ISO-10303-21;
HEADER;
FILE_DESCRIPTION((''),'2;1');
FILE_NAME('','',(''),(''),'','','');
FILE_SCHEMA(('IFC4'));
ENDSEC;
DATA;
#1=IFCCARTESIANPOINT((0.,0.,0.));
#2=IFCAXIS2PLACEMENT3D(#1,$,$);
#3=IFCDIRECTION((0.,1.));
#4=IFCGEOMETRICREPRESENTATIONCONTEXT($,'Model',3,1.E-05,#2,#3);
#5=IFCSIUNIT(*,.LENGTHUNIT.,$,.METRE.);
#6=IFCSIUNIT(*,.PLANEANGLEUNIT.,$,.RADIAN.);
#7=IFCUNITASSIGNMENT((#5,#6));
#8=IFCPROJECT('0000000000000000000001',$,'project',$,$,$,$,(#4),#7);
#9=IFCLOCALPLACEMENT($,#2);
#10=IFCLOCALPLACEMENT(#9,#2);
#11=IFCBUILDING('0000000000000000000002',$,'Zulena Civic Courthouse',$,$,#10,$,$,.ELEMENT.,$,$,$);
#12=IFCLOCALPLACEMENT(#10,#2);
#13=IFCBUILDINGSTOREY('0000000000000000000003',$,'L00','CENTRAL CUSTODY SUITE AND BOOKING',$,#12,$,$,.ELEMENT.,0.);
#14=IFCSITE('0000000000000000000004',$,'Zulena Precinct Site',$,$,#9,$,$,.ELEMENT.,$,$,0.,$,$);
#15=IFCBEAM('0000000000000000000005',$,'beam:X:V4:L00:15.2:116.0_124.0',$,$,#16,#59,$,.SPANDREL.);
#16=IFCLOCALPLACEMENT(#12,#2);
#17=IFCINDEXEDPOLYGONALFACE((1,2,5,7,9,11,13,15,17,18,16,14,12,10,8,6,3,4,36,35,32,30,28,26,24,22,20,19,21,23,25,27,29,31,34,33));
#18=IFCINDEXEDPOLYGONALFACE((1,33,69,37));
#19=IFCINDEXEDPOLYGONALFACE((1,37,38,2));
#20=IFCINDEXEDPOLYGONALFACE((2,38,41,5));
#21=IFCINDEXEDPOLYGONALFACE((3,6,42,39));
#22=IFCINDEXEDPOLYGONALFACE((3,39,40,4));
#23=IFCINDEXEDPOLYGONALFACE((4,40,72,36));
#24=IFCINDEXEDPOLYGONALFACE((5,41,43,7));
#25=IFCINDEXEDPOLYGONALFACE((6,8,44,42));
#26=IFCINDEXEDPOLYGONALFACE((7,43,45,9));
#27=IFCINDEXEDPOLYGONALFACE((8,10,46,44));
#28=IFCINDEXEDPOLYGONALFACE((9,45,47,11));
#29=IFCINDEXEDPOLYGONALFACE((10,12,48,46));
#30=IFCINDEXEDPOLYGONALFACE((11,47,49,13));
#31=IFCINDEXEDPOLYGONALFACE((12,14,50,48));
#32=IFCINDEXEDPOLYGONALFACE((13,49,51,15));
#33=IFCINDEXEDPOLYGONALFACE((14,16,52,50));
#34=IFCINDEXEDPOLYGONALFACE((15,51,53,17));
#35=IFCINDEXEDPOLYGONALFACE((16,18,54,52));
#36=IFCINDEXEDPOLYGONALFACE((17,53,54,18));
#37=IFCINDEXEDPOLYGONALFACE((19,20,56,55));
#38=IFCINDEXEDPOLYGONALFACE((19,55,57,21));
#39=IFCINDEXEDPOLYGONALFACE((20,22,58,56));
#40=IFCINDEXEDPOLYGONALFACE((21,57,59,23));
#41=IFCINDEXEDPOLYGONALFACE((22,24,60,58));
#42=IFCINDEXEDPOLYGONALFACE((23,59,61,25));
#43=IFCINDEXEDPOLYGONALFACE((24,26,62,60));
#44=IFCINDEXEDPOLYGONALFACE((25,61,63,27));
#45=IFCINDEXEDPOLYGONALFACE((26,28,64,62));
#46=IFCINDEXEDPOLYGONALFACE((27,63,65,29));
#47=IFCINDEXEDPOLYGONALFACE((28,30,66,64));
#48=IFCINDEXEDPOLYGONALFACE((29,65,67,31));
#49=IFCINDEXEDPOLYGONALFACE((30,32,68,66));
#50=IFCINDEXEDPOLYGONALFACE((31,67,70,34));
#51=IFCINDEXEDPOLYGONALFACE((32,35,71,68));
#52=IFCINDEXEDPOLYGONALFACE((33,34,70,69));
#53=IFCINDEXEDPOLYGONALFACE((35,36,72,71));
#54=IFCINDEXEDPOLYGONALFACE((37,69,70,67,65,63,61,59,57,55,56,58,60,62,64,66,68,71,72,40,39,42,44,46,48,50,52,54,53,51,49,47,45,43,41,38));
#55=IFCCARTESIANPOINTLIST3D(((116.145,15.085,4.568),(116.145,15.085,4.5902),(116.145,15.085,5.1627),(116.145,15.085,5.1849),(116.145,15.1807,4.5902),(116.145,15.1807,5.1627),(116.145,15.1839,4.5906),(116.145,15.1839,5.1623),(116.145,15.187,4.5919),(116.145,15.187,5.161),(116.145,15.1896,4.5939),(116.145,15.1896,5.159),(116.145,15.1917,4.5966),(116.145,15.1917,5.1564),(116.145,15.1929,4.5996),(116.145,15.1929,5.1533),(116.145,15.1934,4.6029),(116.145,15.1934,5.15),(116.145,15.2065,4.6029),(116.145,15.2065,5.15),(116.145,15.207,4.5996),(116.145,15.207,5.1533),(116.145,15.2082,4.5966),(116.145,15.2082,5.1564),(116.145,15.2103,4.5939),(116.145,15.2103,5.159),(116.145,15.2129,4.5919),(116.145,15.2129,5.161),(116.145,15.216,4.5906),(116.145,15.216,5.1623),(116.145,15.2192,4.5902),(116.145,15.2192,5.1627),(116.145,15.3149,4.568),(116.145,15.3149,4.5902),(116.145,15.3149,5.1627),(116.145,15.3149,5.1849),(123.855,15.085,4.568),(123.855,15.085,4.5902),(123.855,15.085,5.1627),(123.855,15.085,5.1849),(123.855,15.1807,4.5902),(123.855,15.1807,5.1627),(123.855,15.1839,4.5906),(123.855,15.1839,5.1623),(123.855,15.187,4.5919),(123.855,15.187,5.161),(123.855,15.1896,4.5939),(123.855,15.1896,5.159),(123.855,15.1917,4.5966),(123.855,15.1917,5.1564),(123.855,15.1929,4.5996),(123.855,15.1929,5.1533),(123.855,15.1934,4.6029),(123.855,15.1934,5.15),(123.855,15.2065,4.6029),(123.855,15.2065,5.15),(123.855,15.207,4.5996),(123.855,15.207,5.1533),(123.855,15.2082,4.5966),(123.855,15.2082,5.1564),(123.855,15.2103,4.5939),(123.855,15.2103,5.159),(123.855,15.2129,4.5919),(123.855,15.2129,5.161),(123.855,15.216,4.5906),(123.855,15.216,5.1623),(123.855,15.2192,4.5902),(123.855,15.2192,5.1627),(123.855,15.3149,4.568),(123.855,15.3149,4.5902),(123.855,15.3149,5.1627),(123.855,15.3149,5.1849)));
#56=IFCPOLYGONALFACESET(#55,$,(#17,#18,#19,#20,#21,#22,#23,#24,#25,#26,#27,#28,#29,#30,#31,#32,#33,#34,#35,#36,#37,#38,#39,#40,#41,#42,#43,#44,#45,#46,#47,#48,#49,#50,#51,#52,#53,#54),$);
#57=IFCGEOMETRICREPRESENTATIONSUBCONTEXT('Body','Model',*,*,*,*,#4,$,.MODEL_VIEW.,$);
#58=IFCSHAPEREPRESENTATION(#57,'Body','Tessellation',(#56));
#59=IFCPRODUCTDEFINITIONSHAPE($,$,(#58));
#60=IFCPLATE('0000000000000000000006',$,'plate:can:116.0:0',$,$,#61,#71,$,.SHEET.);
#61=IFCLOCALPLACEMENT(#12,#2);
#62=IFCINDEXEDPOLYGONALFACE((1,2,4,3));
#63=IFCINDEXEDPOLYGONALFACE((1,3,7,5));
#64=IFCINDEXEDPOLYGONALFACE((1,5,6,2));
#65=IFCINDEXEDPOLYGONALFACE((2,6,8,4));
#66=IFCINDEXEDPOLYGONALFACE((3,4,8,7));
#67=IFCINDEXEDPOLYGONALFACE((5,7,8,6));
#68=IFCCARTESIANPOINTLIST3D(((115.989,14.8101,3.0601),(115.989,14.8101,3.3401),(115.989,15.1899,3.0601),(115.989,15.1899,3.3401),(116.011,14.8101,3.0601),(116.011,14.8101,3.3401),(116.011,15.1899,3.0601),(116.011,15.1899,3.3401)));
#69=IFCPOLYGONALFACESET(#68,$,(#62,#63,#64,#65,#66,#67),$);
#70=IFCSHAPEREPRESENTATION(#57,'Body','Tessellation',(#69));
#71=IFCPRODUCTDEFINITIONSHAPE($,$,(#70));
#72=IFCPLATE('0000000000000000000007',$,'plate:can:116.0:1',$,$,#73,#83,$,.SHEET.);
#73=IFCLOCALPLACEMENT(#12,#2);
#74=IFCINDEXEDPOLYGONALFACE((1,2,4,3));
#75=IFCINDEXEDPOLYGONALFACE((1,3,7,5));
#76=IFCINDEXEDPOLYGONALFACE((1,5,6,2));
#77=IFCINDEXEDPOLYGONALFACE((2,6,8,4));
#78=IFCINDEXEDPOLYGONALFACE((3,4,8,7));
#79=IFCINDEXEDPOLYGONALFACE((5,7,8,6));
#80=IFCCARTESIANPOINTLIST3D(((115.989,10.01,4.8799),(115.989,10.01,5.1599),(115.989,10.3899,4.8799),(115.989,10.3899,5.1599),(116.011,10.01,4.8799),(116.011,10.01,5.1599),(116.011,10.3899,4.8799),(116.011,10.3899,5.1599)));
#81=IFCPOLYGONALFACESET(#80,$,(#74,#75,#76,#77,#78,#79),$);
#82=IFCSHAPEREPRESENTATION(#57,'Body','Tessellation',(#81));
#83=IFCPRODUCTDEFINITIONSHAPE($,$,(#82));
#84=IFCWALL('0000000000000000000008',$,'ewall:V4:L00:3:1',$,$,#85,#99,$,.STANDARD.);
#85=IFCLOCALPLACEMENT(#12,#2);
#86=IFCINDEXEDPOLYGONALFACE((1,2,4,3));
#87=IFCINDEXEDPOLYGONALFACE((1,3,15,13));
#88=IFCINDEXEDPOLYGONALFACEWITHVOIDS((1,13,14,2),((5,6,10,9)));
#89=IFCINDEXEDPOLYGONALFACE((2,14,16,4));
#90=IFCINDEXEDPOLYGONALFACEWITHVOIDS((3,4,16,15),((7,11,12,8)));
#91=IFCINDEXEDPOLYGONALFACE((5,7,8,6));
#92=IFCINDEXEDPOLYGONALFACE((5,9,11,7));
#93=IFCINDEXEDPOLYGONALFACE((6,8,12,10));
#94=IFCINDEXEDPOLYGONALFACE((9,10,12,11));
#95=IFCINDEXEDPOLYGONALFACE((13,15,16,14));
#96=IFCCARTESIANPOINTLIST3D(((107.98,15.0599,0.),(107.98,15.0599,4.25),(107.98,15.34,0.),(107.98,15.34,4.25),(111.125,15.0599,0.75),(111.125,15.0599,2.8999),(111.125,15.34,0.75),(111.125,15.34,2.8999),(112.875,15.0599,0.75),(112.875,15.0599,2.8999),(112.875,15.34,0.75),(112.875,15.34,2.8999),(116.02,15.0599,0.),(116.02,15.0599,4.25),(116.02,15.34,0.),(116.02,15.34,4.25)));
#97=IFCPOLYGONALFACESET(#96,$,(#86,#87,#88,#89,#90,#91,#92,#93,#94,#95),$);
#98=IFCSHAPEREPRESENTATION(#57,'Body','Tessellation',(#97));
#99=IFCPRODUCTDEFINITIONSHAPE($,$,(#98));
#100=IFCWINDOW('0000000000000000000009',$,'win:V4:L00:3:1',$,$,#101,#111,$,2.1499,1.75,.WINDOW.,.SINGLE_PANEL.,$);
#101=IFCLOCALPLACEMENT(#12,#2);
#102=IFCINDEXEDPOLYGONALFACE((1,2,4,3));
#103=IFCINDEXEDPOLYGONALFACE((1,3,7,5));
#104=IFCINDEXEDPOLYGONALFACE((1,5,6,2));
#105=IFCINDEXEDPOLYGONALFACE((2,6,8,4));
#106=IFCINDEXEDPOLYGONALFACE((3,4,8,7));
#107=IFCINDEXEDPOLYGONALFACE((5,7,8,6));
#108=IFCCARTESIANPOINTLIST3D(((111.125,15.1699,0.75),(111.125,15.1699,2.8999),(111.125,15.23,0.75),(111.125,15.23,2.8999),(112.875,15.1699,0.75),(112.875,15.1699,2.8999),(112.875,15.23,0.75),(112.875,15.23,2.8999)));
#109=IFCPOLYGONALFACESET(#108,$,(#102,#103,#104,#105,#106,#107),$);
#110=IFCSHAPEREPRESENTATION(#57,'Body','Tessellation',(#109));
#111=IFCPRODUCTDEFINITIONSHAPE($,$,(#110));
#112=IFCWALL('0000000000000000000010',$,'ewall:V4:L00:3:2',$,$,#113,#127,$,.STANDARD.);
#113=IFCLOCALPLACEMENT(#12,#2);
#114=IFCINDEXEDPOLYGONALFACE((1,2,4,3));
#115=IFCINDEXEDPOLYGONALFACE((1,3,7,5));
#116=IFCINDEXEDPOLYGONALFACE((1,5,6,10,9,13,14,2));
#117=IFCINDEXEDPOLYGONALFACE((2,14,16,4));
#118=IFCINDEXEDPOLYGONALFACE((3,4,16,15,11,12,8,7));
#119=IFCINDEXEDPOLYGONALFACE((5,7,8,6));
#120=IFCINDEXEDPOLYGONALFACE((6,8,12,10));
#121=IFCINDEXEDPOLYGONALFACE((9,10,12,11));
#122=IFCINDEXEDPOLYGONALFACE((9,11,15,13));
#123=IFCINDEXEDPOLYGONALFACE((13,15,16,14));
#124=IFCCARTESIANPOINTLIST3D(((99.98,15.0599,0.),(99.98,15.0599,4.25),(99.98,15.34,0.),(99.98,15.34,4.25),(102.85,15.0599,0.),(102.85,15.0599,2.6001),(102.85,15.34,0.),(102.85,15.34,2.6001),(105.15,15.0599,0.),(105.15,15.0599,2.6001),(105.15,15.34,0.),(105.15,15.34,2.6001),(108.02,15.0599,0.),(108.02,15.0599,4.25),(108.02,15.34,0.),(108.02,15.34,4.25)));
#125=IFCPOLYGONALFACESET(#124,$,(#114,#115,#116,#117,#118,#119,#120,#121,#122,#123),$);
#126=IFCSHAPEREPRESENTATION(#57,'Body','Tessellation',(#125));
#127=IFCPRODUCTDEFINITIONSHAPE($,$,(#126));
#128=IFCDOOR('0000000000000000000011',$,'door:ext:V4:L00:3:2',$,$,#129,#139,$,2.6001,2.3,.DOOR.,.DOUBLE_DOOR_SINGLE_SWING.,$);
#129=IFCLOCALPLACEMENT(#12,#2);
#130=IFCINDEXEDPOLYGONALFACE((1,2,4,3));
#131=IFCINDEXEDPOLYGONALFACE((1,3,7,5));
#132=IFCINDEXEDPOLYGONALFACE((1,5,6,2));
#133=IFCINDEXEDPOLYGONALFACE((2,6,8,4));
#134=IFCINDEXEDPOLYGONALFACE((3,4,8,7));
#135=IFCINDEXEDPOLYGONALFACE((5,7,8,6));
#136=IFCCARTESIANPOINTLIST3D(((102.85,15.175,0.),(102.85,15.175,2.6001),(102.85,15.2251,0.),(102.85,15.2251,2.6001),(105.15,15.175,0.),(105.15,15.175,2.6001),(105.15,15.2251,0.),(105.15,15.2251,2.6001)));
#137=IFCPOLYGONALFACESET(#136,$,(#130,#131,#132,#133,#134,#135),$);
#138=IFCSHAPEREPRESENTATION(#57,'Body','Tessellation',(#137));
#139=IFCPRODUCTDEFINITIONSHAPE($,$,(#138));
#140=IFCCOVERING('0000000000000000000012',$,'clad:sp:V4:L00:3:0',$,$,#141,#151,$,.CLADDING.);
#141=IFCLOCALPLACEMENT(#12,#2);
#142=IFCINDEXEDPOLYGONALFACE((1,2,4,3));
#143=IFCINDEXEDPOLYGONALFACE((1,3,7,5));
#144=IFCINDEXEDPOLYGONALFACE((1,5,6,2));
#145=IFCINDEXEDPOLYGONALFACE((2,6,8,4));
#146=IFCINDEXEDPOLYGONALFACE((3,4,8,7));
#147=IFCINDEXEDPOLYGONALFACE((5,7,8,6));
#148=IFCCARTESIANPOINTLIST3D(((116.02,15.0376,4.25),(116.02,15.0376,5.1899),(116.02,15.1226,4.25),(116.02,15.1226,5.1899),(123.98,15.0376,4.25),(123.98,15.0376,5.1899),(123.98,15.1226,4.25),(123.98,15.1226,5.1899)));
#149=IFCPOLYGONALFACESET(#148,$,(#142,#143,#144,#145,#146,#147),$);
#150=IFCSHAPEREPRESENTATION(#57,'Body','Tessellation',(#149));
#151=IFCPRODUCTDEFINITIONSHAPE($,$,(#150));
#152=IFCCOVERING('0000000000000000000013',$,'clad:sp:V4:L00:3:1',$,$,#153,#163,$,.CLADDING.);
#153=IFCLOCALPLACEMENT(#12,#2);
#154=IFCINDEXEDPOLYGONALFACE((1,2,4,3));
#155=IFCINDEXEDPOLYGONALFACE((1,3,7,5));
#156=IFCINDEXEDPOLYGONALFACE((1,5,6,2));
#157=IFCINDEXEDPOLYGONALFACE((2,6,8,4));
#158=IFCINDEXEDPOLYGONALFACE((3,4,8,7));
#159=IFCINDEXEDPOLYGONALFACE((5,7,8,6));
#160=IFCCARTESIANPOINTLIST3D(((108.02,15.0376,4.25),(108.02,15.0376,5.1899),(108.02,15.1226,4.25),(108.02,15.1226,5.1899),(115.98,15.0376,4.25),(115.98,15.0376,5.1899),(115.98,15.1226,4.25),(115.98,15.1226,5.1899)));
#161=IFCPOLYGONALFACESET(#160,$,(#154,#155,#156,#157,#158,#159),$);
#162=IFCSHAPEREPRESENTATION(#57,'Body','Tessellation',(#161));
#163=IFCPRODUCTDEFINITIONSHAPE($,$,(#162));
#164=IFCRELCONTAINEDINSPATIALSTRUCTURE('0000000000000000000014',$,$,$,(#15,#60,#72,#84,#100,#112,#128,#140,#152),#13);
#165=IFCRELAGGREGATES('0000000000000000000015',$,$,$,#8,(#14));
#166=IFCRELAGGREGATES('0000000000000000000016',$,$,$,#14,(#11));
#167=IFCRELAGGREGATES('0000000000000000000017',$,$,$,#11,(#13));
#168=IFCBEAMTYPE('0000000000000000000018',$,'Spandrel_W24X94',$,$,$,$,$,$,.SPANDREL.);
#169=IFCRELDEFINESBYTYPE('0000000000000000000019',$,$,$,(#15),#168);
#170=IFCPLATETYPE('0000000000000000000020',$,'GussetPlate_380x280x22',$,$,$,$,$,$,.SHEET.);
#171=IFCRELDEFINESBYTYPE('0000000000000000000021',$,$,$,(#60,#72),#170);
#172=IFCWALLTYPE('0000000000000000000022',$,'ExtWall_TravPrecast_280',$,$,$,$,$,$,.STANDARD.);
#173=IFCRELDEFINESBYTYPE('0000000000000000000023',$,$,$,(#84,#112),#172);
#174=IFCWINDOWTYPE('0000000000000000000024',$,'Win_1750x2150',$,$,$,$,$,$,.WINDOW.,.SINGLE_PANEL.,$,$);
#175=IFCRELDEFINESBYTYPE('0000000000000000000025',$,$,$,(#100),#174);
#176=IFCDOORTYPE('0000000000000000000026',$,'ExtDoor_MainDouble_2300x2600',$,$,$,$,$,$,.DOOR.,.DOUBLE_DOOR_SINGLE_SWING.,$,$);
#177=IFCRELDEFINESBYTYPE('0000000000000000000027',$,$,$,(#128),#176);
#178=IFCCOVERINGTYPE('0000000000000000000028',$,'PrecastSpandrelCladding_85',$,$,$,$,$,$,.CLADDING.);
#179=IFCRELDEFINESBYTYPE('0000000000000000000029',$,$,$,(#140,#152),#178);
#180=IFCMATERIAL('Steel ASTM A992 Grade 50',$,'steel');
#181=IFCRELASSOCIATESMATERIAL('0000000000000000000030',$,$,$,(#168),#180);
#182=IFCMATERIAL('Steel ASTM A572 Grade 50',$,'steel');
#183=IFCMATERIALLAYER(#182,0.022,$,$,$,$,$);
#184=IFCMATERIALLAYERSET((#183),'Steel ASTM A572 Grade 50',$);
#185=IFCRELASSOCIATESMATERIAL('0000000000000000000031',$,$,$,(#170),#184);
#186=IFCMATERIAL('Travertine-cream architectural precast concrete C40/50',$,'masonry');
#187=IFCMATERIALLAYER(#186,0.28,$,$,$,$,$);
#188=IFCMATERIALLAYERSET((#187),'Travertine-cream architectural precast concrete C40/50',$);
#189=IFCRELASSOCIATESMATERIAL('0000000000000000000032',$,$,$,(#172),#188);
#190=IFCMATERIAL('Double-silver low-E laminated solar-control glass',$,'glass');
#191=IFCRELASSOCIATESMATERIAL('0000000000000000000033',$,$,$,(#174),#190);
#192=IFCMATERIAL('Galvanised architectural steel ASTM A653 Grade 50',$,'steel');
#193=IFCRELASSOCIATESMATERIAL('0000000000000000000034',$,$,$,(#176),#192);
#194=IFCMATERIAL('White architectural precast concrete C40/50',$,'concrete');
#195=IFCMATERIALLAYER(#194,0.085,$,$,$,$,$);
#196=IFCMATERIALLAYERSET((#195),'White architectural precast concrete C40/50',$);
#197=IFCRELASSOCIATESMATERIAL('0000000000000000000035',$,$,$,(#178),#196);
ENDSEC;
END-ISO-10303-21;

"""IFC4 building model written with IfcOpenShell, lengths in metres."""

from ifc_helpers import new_model, si_unit, direction, frame, frame_2d, origin, origin_2d, place, context, subcontext, project, spatial, rectangle, i_section, extrude, material, layer, layer_set, material_profile, profile_set, type_object, element, fill, save


model = new_model("IFC4")

# Units and contexts
model_context = context("Model", 3, precision=1e-05, world=origin(), true_north=direction((0.0, 1.0)))
body_context = subcontext(model_context, "Body", "Model", "MODEL_VIEW")
ifc_project = project(units=[si_unit("LENGTHUNIT", "METRE"), si_unit("PLANEANGLEUNIT", "RADIAN")], contexts=[model_context])

# Site, building, storey
site_placement = place(None, origin())
site = spatial("IfcSite", under=ifc_project, at=site_placement, Name="Zulena Precinct Site", CompositionType="ELEMENT", RefElevation=0.0)
building_placement = place(site_placement, origin())
building = spatial("IfcBuilding", under=site, at=building_placement, Name="Zulena Civic Courthouse", CompositionType="ELEMENT")
storey_placement = place(building_placement, origin())
storey = spatial("IfcBuildingStorey", under=building, at=storey_placement, Name="L00", Description="CENTRAL CUSTODY SUITE AND BOOKING", CompositionType="ELEMENT", Elevation=0.0)

# Shared definitions
ifc_material_1 = material(Name="Steel ASTM A992 Grade 50", Category="steel")

# Beam
ifc_material_profile_1 = material_profile(ifc_material_1, i_section(OverallWidth=0.23, OverallDepth=0.6169, WebThickness=0.0132, FlangeThickness=0.0222, FilletRadius=0.0127, at=origin_2d()), Name="W24X94")
ifc_profile_set_1 = profile_set([ifc_material_profile_1], Name="Steel ASTM A992 Grade 50")
beam_type_1 = type_object("IfcBeamType", Name="Spandrel_W24X94", PredefinedType="SPANDREL", material=ifc_profile_set_1)
for number, where, z_axis, x_axis, name in (
    (1, (116.145, 15.2, 4.8765), (1.0, 0.0, 0.0), (0.0, 1.0, 0.0), "beam:X:V4:L00:15.2:116.0_124.0"),
):
    element("IfcBeam", number, at=place(storey_placement, frame(where, z_axis=z_axis, x_axis=x_axis)), inside=storey, type_object=beam_type_1, Name=name, PredefinedType="SPANDREL", context=body_context, shape_type="SweptSolid", body=[
        extrude(i_section(OverallWidth=0.23, OverallDepth=0.6169, WebThickness=0.0132, FlangeThickness=0.0222, FilletRadius=0.0127, at=origin_2d()), origin(), (0.0, 0.0, 1.0), 7.71),
    ])

# Plates
ifc_material_2 = material(Name="Steel ASTM A572 Grade 50", Category="steel")
ifc_layer_1 = layer(ifc_material_2, 0.022)
ifc_layer_set_1 = layer_set([ifc_layer_1], Name="Steel ASTM A572 Grade 50")
plate_type = type_object("IfcPlateType", Name="GussetPlate_380x280x22", PredefinedType="SHEET", material=ifc_layer_set_1)
for number, where, z_axis, x_axis, name in (
    (2, (116.0, 15.0, 3.0601), (0.0, 0.0, 1.0), (1.0, 0.0, 0.0), "plate:can:116.0:0"),
    (3, (116.0, 10.2, 4.8799), (0.0, 0.0, 1.0), (1.0, 0.0, 0.0), "plate:can:116.0:1"),
):
    element("IfcPlate", number, at=place(storey_placement, frame(where, z_axis=z_axis, x_axis=x_axis)), inside=storey, type_object=plate_type, Name=name, PredefinedType="SHEET", context=body_context, shape_type="SweptSolid", body=[
        extrude(rectangle(XDim=0.022, YDim=0.3799, at=origin_2d()), origin(), (0.0, 0.0, 1.0), 0.28),
    ])

# Wall, opening, window
ifc_material_3 = material(Name="Travertine-cream architectural precast concrete C40/50", Category="masonry")
ifc_layer_2 = layer(ifc_material_3, 0.28)
ifc_layer_set_2 = layer_set([ifc_layer_2], Name="Travertine-cream architectural precast concrete C40/50")
wall_type = type_object("IfcWallType", Name="ExtWall_TravPrecast_280", PredefinedType="STANDARD", material=ifc_layer_set_2)
wall_1_placement = place(storey_placement, frame((116.02, 15.2, 0.0), z_axis=(0.0, 0.0, 1.0), x_axis=(-1.0, 0.0, 0.0)))
wall_1 = element("IfcWall", 4, at=wall_1_placement, inside=storey, type_object=wall_type, Name="ewall:V4:L00:3:1", PredefinedType="STANDARD", context=body_context, shape_type="SweptSolid", body=[
    extrude(rectangle(XDim=8.04, YDim=0.28, at=frame_2d((4.02, 0.0))), origin(), (0.0, 0.0, 1.0), 4.25),
])
opening_1_placement = place(wall_1_placement, frame((3.145, 0.0, 0.75)))
opening_1 = element("IfcOpeningElement", 5, at=opening_1_placement, cuts=wall_1, PredefinedType="OPENING", context=body_context, shape_type="SweptSolid", body=[
    extrude(rectangle(XDim=1.75, YDim=2.1499, at=frame_2d((0.875, 1.075))), frame((0.0, 0.1499, 0.0), z_axis=(0.0, -1.0, 0.0), x_axis=(1.0, 0.0, 0.0)), (0.0, 0.0, 1.0), 0.3),
])
ifc_material_4 = material(Name="Double-silver low-E laminated solar-control glass", Category="glass")
window_type = type_object("IfcWindowType", Name="Win_1750x2150", PartitioningType="SINGLE_PANEL", PredefinedType="WINDOW", material=ifc_material_4)
window_placement = place(opening_1_placement, origin())
window = element("IfcWindow", 6, at=window_placement, inside=storey, type_object=window_type, Name="win:V4:L00:3:1", OverallHeight=2.1499, OverallWidth=1.75, PartitioningType="SINGLE_PANEL", PredefinedType="WINDOW", context=body_context, shape_type="SweptSolid", body=[
    extrude(rectangle(XDim=1.75, YDim=2.1499, at=frame_2d((0.875, 1.075))), frame((0.0, 0.03, 0.0), z_axis=(0.0, -1.0, 0.0), x_axis=(1.0, 0.0, 0.0)), (0.0, 0.0, 1.0), 0.0601),
])
fill(opening_1, window)

# Wall, opening, door
wall_2_placement = place(storey_placement, frame((108.02, 15.2, 0.0), z_axis=(0.0, 0.0, 1.0), x_axis=(-1.0, 0.0, 0.0)))
wall_2 = element("IfcWall", 7, at=wall_2_placement, inside=storey, type_object=wall_type, Name="ewall:V4:L00:3:2", PredefinedType="STANDARD", context=body_context, shape_type="SweptSolid", body=[
    extrude(rectangle(XDim=8.04, YDim=0.28, at=frame_2d((4.02, 0.0))), origin(), (0.0, 0.0, 1.0), 4.25),
])
opening_2_placement = place(wall_2_placement, frame((2.8701, 0.0, 0.0)))
opening_2 = element("IfcOpeningElement", 8, at=opening_2_placement, cuts=wall_2, PredefinedType="OPENING", context=body_context, shape_type="SweptSolid", body=[
    extrude(rectangle(XDim=2.3, YDim=2.6001, at=frame_2d((1.1499, 1.3))), frame((0.0, 0.1499, 0.0), z_axis=(0.0, -1.0, 0.0), x_axis=(1.0, 0.0, 0.0)), (0.0, 0.0, 1.0), 0.3),
])
ifc_material_5 = material(Name="Galvanised architectural steel ASTM A653 Grade 50", Category="steel")
door_type = type_object("IfcDoorType", Name="ExtDoor_MainDouble_2300x2600", OperationType="DOUBLE_DOOR_SINGLE_SWING", PredefinedType="DOOR", material=ifc_material_5)
door_placement = place(opening_2_placement, origin())
door = element("IfcDoor", 9, at=door_placement, inside=storey, type_object=door_type, Name="door:ext:V4:L00:3:2", OperationType="DOUBLE_DOOR_SINGLE_SWING", OverallHeight=2.6001, OverallWidth=2.3, PredefinedType="DOOR", context=body_context, shape_type="SweptSolid", body=[
    extrude(rectangle(XDim=2.3, YDim=2.6001, at=frame_2d((1.1499, 1.3))), frame((0.0, 0.0249, 0.0), z_axis=(0.0, -1.0, 0.0), x_axis=(1.0, 0.0, 0.0)), (0.0, 0.0, 1.0), 0.05),
])
fill(opening_2, door)

# Coverings
ifc_material_6 = material(Name="White architectural precast concrete C40/50", Category="concrete")
ifc_layer_3 = layer(ifc_material_6, 0.085)
ifc_layer_set_3 = layer_set([ifc_layer_3], Name="White architectural precast concrete C40/50")
covering_type = type_object("IfcCoveringType", Name="PrecastSpandrelCladding_85", PredefinedType="CLADDING", material=ifc_layer_set_3)
for number, where, z_axis, x_axis, name in (
    (10, (120.0, 15.0801, 4.25), (0.0, 0.0, 1.0), (-1.0, 0.0, 0.0), "clad:sp:V4:L00:3:0"),
    (11, (112.0, 15.0801, 4.25), (0.0, 0.0, 1.0), (-1.0, 0.0, 0.0), "clad:sp:V4:L00:3:1"),
):
    element("IfcCovering", number, at=place(storey_placement, frame(where, z_axis=z_axis, x_axis=x_axis)), inside=storey, type_object=covering_type, Name=name, PredefinedType="CLADDING", context=body_context, shape_type="SweptSolid", body=[
        extrude(rectangle(XDim=7.96, YDim=0.085, at=origin_2d()), origin(), (0.0, 0.0, 1.0), 0.9399),
    ])

save(model, "model.ifc")
